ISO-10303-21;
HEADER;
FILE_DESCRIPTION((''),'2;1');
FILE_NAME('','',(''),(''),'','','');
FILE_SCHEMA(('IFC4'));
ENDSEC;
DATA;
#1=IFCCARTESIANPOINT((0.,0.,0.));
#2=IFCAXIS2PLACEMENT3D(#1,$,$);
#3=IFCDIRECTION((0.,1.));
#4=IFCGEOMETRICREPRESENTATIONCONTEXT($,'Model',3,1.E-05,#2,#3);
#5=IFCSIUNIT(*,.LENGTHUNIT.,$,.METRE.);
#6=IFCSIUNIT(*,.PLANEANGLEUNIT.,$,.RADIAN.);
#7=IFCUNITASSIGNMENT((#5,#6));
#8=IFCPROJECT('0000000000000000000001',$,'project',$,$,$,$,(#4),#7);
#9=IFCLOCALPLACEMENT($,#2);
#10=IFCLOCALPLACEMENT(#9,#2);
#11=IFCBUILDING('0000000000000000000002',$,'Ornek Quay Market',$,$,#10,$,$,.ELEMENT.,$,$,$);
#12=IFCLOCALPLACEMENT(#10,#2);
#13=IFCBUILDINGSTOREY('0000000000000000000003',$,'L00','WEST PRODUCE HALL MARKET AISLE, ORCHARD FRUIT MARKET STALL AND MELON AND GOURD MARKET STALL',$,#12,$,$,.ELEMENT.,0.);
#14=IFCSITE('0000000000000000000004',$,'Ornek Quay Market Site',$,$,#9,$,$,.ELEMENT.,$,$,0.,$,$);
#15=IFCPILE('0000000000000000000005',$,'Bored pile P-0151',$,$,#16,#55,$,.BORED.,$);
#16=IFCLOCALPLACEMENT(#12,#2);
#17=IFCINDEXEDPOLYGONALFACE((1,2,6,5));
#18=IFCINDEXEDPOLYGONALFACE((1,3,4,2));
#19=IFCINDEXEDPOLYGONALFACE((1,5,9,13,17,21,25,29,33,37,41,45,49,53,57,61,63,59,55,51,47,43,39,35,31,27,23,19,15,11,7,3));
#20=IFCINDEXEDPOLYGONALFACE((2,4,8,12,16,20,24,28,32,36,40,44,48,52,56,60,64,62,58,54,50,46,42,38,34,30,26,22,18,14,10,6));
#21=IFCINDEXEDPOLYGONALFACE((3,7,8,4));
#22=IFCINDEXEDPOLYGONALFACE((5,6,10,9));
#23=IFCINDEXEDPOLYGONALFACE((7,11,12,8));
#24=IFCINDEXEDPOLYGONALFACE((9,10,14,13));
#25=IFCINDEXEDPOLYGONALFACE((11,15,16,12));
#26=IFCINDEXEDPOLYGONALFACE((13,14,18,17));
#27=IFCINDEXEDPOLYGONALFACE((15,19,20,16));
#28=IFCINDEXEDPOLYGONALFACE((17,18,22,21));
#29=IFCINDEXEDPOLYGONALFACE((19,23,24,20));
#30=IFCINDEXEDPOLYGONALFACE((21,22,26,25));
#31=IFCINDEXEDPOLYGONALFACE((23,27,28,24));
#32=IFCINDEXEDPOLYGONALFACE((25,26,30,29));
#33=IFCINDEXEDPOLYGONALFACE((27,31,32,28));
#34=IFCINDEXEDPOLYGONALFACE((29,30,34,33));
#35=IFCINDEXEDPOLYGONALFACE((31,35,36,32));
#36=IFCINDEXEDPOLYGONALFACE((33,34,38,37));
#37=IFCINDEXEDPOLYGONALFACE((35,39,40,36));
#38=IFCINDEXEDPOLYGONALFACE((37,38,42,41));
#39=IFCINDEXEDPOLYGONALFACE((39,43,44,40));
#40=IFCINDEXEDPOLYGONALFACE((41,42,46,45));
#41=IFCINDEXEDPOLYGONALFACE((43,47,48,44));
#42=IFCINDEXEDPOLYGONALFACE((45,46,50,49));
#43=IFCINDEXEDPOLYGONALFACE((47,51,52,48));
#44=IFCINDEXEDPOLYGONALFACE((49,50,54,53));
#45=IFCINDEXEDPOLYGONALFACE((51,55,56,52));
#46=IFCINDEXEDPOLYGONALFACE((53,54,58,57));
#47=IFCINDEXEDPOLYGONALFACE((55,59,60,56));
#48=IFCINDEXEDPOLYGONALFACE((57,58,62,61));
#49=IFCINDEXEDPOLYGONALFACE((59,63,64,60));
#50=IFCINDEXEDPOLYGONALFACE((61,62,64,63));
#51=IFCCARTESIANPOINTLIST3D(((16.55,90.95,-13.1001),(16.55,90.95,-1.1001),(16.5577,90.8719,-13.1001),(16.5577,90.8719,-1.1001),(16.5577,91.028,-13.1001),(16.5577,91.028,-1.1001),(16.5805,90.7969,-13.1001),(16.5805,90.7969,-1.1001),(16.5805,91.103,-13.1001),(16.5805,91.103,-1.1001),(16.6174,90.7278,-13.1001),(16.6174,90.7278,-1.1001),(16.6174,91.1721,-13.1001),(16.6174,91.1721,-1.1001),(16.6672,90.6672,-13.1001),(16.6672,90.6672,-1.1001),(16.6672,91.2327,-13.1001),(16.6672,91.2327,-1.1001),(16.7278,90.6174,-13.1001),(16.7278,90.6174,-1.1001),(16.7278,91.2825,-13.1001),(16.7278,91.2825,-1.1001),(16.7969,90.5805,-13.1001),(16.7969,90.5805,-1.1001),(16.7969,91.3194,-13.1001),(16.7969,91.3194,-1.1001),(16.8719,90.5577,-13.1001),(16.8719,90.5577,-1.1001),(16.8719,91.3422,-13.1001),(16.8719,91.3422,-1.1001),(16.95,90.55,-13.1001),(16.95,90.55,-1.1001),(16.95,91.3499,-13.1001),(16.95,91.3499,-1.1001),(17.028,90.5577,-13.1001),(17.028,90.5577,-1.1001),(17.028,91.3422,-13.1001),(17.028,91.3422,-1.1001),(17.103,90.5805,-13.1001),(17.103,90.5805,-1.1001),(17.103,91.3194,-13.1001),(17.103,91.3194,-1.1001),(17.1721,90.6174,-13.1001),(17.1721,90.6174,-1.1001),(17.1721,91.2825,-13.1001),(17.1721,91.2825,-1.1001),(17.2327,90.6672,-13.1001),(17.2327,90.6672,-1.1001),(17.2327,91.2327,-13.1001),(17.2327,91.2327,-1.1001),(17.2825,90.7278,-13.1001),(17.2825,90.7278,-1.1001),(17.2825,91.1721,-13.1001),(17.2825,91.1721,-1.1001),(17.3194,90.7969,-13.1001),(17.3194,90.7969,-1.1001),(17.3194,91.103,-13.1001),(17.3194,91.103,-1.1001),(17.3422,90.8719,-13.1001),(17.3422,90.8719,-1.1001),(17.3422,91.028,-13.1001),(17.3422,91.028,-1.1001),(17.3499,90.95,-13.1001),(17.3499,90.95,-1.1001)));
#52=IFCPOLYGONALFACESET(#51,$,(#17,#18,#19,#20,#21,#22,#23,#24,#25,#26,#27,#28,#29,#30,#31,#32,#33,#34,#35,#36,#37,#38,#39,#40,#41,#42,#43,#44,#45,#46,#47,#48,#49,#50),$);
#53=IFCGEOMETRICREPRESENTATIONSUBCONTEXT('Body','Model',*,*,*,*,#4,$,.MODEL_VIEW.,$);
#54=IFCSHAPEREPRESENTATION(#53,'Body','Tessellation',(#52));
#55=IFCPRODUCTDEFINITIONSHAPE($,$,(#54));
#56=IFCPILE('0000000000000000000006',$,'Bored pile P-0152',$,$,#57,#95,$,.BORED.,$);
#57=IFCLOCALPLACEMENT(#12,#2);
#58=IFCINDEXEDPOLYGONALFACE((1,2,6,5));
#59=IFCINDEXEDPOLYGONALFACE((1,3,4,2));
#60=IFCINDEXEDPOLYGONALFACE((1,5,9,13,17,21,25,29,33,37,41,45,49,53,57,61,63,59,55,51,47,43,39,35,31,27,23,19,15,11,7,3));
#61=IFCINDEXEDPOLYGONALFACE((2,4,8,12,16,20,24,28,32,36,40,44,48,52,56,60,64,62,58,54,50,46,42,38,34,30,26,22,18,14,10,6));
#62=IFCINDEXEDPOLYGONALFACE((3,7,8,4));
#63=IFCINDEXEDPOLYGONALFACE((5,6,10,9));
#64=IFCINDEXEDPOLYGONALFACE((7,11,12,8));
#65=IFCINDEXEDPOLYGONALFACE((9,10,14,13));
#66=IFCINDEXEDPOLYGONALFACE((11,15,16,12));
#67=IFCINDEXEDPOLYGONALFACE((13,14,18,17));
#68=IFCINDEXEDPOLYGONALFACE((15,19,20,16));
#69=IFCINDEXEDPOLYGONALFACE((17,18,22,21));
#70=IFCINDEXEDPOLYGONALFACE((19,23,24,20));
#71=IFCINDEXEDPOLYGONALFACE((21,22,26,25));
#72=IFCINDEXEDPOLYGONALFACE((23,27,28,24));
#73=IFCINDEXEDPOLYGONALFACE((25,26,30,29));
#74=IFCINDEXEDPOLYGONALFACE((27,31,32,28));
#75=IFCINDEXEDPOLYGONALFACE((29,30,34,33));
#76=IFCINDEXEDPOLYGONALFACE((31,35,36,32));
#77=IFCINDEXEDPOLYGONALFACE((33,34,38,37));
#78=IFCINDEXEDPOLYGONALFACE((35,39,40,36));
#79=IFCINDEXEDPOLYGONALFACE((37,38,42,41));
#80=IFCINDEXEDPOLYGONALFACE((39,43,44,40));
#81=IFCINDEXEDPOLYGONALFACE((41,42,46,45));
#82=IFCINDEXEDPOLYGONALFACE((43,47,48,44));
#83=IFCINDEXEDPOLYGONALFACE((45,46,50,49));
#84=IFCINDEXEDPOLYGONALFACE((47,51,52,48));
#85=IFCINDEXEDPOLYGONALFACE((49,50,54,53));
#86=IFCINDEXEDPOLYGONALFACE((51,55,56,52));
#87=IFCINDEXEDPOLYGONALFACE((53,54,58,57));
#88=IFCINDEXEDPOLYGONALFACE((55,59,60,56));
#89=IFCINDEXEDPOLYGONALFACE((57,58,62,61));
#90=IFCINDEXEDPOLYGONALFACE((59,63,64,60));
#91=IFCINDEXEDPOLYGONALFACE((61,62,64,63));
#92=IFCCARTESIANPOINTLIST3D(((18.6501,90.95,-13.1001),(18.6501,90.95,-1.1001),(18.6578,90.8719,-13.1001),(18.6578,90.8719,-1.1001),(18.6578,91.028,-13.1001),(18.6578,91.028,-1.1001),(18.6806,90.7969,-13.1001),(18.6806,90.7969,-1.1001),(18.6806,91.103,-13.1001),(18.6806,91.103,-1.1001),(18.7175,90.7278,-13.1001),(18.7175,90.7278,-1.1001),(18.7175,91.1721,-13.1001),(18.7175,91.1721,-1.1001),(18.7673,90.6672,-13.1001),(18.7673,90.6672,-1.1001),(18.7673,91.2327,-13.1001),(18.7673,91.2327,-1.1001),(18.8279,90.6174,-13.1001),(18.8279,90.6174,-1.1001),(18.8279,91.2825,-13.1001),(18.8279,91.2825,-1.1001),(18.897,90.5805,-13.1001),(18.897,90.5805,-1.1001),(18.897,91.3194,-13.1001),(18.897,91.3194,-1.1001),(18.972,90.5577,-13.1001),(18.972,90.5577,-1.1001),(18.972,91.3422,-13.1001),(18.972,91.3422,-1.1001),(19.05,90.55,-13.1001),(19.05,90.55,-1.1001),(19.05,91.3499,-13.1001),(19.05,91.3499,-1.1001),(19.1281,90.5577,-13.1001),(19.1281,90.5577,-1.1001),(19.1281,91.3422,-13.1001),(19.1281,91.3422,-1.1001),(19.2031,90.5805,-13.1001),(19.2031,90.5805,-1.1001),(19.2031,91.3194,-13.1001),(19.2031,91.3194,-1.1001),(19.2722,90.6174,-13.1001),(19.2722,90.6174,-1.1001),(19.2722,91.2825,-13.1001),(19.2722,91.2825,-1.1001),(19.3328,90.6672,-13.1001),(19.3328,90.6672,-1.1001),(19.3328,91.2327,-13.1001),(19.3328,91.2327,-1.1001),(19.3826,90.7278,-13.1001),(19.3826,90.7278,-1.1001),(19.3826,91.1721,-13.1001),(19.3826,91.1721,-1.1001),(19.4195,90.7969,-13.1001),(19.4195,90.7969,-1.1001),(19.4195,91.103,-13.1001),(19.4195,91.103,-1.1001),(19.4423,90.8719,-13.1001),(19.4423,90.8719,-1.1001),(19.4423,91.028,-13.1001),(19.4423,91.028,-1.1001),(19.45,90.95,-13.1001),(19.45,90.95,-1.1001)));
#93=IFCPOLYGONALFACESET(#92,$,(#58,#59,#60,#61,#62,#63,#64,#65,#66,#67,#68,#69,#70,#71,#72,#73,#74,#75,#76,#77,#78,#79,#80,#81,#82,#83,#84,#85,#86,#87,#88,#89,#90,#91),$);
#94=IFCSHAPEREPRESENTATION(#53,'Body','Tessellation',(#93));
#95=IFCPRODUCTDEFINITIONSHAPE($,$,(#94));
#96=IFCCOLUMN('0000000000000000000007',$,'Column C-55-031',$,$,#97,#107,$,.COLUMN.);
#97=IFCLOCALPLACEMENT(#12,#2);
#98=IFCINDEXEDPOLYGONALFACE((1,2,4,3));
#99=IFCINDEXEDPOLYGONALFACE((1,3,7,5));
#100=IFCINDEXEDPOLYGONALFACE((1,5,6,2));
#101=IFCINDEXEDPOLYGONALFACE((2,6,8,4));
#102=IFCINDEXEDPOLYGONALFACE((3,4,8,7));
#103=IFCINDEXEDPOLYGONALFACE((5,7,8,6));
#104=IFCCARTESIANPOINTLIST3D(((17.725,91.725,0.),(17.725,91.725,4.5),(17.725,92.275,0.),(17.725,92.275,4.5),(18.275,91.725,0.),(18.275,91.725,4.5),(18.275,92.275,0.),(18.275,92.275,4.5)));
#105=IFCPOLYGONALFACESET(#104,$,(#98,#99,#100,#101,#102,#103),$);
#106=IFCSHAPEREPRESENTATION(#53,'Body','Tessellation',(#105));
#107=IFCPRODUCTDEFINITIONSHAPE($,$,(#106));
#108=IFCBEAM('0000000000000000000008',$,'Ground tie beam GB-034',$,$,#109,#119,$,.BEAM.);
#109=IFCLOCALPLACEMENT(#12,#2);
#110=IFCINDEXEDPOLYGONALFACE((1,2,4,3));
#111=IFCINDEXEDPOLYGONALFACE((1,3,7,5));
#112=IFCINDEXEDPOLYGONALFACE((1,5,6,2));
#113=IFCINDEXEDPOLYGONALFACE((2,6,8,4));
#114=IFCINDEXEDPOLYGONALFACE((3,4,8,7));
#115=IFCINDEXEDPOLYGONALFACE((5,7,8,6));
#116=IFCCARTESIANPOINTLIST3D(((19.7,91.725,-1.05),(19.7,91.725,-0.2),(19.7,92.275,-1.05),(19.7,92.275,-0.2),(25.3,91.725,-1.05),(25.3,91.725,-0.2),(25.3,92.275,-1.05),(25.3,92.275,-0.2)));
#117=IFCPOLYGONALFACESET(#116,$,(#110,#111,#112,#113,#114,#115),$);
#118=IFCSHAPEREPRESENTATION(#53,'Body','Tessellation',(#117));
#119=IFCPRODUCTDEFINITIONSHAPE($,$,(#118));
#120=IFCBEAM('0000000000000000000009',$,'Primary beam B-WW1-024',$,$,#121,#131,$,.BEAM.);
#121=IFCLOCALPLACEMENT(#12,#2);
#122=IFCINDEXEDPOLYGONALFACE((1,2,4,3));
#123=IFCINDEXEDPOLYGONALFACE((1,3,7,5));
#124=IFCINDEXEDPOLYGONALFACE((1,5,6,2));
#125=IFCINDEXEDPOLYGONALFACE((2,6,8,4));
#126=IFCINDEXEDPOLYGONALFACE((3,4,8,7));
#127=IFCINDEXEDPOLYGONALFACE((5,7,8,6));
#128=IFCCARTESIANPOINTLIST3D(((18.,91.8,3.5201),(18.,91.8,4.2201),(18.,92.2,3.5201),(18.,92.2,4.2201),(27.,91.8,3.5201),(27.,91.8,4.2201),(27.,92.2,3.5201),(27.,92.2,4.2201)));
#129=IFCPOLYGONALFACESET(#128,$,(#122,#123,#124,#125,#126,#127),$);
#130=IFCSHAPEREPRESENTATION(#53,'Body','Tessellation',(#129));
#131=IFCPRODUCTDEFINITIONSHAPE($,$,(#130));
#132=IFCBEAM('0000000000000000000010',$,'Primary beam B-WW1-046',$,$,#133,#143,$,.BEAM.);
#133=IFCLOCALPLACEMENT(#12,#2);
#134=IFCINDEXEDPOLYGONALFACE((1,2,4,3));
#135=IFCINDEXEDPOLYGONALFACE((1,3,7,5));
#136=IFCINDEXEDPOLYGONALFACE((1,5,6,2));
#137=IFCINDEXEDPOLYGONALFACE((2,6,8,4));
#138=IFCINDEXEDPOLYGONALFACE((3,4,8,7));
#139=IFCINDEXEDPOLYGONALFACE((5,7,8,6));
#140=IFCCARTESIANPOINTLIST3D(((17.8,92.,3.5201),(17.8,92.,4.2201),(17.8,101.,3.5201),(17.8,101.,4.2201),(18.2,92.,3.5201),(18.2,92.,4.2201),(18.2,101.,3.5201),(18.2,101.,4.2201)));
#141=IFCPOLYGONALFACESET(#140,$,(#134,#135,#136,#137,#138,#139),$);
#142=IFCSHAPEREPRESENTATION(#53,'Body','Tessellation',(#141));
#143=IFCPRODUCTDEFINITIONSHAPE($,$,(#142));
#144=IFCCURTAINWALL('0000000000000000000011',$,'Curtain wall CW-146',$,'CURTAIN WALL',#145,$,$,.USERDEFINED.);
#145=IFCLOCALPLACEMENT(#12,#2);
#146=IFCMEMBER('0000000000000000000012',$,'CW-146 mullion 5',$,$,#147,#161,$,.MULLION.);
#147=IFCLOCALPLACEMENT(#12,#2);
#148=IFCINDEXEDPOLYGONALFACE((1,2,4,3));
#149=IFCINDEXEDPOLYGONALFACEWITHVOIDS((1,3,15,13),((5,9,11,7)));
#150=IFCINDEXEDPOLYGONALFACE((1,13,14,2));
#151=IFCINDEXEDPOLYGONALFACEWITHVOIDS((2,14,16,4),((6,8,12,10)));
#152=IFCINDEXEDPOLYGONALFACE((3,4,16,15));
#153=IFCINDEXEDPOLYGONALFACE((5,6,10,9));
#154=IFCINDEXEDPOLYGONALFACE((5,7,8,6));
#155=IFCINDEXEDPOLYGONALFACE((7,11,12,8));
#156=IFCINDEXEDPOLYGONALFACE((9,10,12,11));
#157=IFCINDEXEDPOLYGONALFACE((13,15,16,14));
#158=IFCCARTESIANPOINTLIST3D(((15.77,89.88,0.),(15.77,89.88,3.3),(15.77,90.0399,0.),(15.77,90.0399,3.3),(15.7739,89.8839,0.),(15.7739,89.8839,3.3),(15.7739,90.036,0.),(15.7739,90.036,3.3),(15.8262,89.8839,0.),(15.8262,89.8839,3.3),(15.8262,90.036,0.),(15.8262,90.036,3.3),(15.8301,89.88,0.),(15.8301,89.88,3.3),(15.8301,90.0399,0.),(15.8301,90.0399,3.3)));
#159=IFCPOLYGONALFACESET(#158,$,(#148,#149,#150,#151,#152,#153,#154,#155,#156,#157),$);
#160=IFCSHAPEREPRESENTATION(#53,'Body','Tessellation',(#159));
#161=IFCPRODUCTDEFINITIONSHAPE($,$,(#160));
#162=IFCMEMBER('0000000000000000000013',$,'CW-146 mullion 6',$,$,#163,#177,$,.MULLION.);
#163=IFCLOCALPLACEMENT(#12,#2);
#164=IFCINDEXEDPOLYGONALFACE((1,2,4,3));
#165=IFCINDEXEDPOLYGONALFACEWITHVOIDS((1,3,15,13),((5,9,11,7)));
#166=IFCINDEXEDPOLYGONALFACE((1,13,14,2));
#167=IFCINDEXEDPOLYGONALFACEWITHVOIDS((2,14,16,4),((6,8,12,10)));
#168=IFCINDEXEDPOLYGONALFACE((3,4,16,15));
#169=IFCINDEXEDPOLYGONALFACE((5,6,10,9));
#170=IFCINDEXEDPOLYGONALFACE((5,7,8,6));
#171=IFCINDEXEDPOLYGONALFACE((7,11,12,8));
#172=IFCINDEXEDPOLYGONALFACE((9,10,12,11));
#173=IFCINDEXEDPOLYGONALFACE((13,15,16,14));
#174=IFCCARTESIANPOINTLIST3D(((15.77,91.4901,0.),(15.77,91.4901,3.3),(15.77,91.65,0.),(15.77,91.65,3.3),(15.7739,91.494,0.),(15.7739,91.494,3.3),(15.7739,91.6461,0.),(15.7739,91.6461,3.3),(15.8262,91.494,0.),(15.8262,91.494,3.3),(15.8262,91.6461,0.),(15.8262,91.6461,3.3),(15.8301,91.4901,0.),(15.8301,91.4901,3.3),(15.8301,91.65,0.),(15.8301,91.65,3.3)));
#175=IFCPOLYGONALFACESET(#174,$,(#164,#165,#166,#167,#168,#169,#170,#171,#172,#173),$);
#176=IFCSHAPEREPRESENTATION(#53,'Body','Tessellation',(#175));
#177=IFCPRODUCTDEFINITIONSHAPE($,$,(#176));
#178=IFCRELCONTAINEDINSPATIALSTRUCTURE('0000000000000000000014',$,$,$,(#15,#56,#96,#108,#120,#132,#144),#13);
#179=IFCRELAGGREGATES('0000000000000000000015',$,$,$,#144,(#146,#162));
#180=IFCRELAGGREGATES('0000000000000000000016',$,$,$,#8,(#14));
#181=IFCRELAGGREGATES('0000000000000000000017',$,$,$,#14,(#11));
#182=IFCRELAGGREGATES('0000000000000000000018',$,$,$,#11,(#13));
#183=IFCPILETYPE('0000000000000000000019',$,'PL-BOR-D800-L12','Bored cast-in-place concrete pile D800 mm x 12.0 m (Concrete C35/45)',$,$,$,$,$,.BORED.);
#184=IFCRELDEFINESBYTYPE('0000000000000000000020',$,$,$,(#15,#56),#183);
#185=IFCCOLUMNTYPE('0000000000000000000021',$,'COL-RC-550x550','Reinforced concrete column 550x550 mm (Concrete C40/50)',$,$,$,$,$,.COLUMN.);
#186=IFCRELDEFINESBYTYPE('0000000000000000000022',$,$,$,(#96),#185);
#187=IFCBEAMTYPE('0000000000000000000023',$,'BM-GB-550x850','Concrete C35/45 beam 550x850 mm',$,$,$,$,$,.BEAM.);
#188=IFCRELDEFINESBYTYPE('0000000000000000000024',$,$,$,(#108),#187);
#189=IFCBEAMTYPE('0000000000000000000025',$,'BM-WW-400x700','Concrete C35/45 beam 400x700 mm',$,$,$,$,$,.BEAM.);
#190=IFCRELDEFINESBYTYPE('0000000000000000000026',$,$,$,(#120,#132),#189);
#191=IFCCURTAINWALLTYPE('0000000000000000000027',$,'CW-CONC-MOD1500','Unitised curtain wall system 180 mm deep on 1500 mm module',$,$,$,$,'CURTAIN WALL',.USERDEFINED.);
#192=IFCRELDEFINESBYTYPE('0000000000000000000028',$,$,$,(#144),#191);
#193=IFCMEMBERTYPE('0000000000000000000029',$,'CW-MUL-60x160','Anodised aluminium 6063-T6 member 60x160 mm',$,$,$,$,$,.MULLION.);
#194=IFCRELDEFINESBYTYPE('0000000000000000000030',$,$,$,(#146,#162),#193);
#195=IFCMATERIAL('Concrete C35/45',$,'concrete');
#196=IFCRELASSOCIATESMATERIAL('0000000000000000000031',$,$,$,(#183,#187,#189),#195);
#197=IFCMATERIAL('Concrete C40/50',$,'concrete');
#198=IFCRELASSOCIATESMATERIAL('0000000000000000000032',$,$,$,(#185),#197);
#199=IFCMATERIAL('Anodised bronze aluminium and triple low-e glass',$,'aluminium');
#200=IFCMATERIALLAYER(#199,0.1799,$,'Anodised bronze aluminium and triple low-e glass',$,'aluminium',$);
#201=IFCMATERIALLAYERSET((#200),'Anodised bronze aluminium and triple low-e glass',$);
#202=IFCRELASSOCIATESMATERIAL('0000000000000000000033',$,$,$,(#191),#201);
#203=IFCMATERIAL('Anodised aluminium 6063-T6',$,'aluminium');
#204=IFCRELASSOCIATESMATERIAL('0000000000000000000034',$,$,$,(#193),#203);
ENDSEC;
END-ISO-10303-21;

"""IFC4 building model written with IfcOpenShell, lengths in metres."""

from ifc_helpers import new_model, si_unit, direction, frame, origin, origin_2d, place, context, subcontext, project, spatial, rectangle, hollow_rectangle, circle, extrude, material, layer, layer_set, material_profile, profile_set, type_object, element, aggregate, save


model = new_model("IFC4")

# Units and contexts
model_context = context("Model", 3, precision=1e-05, world=origin(), true_north=direction((0.0, 1.0)))
body_context = subcontext(model_context, "Body", "Model", "MODEL_VIEW")
ifc_project = project(units=[si_unit("LENGTHUNIT", "METRE"), si_unit("PLANEANGLEUNIT", "RADIAN")], contexts=[model_context])

# Site, building, storey
site_placement = place(None, origin())
site = spatial("IfcSite", under=ifc_project, at=site_placement, Name="Ornek Quay Market Site", CompositionType="ELEMENT", RefElevation=0.0)
building_placement = place(site_placement, origin())
building = spatial("IfcBuilding", under=site, at=building_placement, Name="Ornek Quay Market", CompositionType="ELEMENT")
storey_placement = place(building_placement, origin())
storey = spatial("IfcBuildingStorey", under=building, at=storey_placement, Name="L00", Description="WEST PRODUCE HALL MARKET AISLE, ORCHARD FRUIT MARKET STALL AND MELON AND GOURD MARKET STALL", CompositionType="ELEMENT", Elevation=0.0)

# Piles
ifc_material_1 = material(Name="Concrete C35/45", Category="concrete")
ifc_material_profile_1 = material_profile(ifc_material_1, circle(Radius=0.3999, at=origin_2d()), Name="PILE D800", Category="concrete")
ifc_profile_set_1 = profile_set([ifc_material_profile_1], Name="Concrete C35/45")
pile_type = type_object("IfcPileType", Name="PL-BOR-D800-L12", Description="Bored cast-in-place concrete pile D800 mm x 12.0 m (Concrete C35/45)", PredefinedType="BORED", material=ifc_profile_set_1)
for number, where, z_axis, x_axis, name in (
    (1, (16.95, 90.95, -1.1001), (0.0, 0.0, -1.0), (1.0, 0.0, 0.0), "Bored pile P-0151"),
    (2, (19.05, 90.95, -1.1001), (0.0, 0.0, -1.0), (1.0, 0.0, 0.0), "Bored pile P-0152"),
):
    element("IfcPile", number, at=place(storey_placement, frame(where, z_axis=z_axis, x_axis=x_axis)), inside=storey, type_object=pile_type, Name=name, PredefinedType="BORED", context=body_context, shape_type="SweptSolid", body=[
        extrude(circle(Radius=0.3999, at=origin_2d()), origin(), (0.0, 0.0, 1.0), 12.0),
    ])

# Column
ifc_material_2 = material(Name="Concrete C40/50", Category="concrete")
ifc_material_profile_2 = material_profile(ifc_material_2, rectangle(XDim=0.55, YDim=0.55, at=origin_2d()), Name="RC 550x550", Category="concrete")
ifc_profile_set_2 = profile_set([ifc_material_profile_2], Name="Concrete C40/50")
column_type = type_object("IfcColumnType", Name="COL-RC-550x550", Description="Reinforced concrete column 550x550 mm (Concrete C40/50)", PredefinedType="COLUMN", material=ifc_profile_set_2)
column_placement = place(storey_placement, frame((18.0, 92.0, 0.0), z_axis=(0.0, 0.0, 1.0), x_axis=(1.0, 0.0, 0.0)))
element("IfcColumn", 3, at=column_placement, inside=storey, type_object=column_type, Name="Column C-55-031", PredefinedType="COLUMN", context=body_context, shape_type="SweptSolid", body=[
    extrude(rectangle(XDim=0.55, YDim=0.55, at=origin_2d()), origin(), (0.0, 0.0, 1.0), 4.5),
])

# Beams
ifc_material_profile_3 = material_profile(ifc_material_1, rectangle(XDim=0.55, YDim=0.8501, at=origin_2d()), Name="RC 550x850", Category="concrete")
ifc_profile_set_3 = profile_set([ifc_material_profile_3], Name="Concrete C35/45")
beam_type_1 = type_object("IfcBeamType", Name="BM-GB-550x850", Description="Concrete C35/45 beam 550x850 mm", PredefinedType="BEAM", material=ifc_profile_set_3)
beam_placement = place(storey_placement, frame((19.7, 92.0, -0.625), z_axis=(1.0, 0.0, 0.0), x_axis=(0.0, 1.0, 0.0)))
element("IfcBeam", 4, at=beam_placement, inside=storey, type_object=beam_type_1, Name="Ground tie beam GB-034", PredefinedType="BEAM", context=body_context, shape_type="SweptSolid", body=[
    extrude(rectangle(XDim=0.55, YDim=0.8501, at=origin_2d()), origin(), (0.0, 0.0, 1.0), 5.6001),
])
ifc_material_profile_4 = material_profile(ifc_material_1, rectangle(XDim=0.3999, YDim=0.7, at=origin_2d()), Name="RC 400x700", Category="concrete")
ifc_profile_set_4 = profile_set([ifc_material_profile_4], Name="Concrete C35/45")
beam_type_2 = type_object("IfcBeamType", Name="BM-WW-400x700", Description="Concrete C35/45 beam 400x700 mm", PredefinedType="BEAM", material=ifc_profile_set_4)
for number, where, z_axis, x_axis, name in (
    (5, (18.0, 92.0, 3.8701), (1.0, 0.0, 0.0), (0.0, 1.0, 0.0), "Primary beam B-WW1-024"),
    (6, (18.0, 92.0, 3.8701), (0.0, 1.0, 0.0), (-1.0, 0.0, 0.0), "Primary beam B-WW1-046"),
):
    element("IfcBeam", number, at=place(storey_placement, frame(where, z_axis=z_axis, x_axis=x_axis)), inside=storey, type_object=beam_type_2, Name=name, PredefinedType="BEAM", context=body_context, shape_type="SweptSolid", body=[
        extrude(rectangle(XDim=0.3999, YDim=0.7, at=origin_2d()), origin(), (0.0, 0.0, 1.0), 9.0),
    ])

# Curtain wall, members
ifc_material_3 = material(Name="Anodised bronze aluminium and triple low-e glass", Category="aluminium")
ifc_layer_1 = layer(ifc_material_3, 0.1799, Name="Anodised bronze aluminium and triple low-e glass", Category="aluminium")
ifc_layer_set_1 = layer_set([ifc_layer_1], Name="Anodised bronze aluminium and triple low-e glass")
curtain_wall_type = type_object("IfcCurtainWallType", Name="CW-CONC-MOD1500", Description="Unitised curtain wall system 180 mm deep on 1500 mm module", ElementType="CURTAIN WALL", PredefinedType="USERDEFINED", material=ifc_layer_set_1)
curtain_wall_placement = place(storey_placement, origin())
curtain_wall = element("IfcCurtainWall", 7, at=curtain_wall_placement, inside=storey, type_object=curtain_wall_type, Name="Curtain wall CW-146", ObjectType="CURTAIN WALL", PredefinedType="USERDEFINED")
ifc_material_4 = material(Name="Anodised aluminium 6063-T6", Category="aluminium")
ifc_material_profile_5 = material_profile(ifc_material_4, hollow_rectangle(XDim=0.0601, YDim=0.1599, WallThickness=0.0039, at=origin_2d()), Name="CW-MUL-60x160", Category="aluminium")
ifc_profile_set_5 = profile_set([ifc_material_profile_5], Name="Anodised aluminium 6063-T6")
member_type_1 = type_object("IfcMemberType", Name="CW-MUL-60x160", Description="Anodised aluminium 6063-T6 member 60x160 mm", PredefinedType="MULLION", material=ifc_profile_set_5)
member_1_placement = place(storey_placement, frame((15.8, 89.96, 0.0), z_axis=(0.0, 0.0, 1.0), x_axis=(-1.0, 0.0, 0.0)))
member_1 = element("IfcMember", 8, at=member_1_placement, type_object=member_type_1, Name="CW-146 mullion 5", PredefinedType="MULLION", context=body_context, shape_type="SweptSolid", body=[
    extrude(hollow_rectangle(XDim=0.0601, YDim=0.1599, WallThickness=0.0039, at=origin_2d()), origin(), (0.0, 0.0, 1.0), 3.3),
])
member_2_placement = place(storey_placement, frame((15.8, 91.5701, 0.0), z_axis=(0.0, 0.0, 1.0), x_axis=(-1.0, 0.0, 0.0)))
member_2 = element("IfcMember", 9, at=member_2_placement, type_object=member_type_1, Name="CW-146 mullion 6", PredefinedType="MULLION", context=body_context, shape_type="SweptSolid", body=[
    extrude(hollow_rectangle(XDim=0.0601, YDim=0.1599, WallThickness=0.0039, at=origin_2d()), origin(), (0.0, 0.0, 1.0), 3.3),
])
aggregate(curtain_wall, [member_1, member_2])

save(model, "model.ifc")
